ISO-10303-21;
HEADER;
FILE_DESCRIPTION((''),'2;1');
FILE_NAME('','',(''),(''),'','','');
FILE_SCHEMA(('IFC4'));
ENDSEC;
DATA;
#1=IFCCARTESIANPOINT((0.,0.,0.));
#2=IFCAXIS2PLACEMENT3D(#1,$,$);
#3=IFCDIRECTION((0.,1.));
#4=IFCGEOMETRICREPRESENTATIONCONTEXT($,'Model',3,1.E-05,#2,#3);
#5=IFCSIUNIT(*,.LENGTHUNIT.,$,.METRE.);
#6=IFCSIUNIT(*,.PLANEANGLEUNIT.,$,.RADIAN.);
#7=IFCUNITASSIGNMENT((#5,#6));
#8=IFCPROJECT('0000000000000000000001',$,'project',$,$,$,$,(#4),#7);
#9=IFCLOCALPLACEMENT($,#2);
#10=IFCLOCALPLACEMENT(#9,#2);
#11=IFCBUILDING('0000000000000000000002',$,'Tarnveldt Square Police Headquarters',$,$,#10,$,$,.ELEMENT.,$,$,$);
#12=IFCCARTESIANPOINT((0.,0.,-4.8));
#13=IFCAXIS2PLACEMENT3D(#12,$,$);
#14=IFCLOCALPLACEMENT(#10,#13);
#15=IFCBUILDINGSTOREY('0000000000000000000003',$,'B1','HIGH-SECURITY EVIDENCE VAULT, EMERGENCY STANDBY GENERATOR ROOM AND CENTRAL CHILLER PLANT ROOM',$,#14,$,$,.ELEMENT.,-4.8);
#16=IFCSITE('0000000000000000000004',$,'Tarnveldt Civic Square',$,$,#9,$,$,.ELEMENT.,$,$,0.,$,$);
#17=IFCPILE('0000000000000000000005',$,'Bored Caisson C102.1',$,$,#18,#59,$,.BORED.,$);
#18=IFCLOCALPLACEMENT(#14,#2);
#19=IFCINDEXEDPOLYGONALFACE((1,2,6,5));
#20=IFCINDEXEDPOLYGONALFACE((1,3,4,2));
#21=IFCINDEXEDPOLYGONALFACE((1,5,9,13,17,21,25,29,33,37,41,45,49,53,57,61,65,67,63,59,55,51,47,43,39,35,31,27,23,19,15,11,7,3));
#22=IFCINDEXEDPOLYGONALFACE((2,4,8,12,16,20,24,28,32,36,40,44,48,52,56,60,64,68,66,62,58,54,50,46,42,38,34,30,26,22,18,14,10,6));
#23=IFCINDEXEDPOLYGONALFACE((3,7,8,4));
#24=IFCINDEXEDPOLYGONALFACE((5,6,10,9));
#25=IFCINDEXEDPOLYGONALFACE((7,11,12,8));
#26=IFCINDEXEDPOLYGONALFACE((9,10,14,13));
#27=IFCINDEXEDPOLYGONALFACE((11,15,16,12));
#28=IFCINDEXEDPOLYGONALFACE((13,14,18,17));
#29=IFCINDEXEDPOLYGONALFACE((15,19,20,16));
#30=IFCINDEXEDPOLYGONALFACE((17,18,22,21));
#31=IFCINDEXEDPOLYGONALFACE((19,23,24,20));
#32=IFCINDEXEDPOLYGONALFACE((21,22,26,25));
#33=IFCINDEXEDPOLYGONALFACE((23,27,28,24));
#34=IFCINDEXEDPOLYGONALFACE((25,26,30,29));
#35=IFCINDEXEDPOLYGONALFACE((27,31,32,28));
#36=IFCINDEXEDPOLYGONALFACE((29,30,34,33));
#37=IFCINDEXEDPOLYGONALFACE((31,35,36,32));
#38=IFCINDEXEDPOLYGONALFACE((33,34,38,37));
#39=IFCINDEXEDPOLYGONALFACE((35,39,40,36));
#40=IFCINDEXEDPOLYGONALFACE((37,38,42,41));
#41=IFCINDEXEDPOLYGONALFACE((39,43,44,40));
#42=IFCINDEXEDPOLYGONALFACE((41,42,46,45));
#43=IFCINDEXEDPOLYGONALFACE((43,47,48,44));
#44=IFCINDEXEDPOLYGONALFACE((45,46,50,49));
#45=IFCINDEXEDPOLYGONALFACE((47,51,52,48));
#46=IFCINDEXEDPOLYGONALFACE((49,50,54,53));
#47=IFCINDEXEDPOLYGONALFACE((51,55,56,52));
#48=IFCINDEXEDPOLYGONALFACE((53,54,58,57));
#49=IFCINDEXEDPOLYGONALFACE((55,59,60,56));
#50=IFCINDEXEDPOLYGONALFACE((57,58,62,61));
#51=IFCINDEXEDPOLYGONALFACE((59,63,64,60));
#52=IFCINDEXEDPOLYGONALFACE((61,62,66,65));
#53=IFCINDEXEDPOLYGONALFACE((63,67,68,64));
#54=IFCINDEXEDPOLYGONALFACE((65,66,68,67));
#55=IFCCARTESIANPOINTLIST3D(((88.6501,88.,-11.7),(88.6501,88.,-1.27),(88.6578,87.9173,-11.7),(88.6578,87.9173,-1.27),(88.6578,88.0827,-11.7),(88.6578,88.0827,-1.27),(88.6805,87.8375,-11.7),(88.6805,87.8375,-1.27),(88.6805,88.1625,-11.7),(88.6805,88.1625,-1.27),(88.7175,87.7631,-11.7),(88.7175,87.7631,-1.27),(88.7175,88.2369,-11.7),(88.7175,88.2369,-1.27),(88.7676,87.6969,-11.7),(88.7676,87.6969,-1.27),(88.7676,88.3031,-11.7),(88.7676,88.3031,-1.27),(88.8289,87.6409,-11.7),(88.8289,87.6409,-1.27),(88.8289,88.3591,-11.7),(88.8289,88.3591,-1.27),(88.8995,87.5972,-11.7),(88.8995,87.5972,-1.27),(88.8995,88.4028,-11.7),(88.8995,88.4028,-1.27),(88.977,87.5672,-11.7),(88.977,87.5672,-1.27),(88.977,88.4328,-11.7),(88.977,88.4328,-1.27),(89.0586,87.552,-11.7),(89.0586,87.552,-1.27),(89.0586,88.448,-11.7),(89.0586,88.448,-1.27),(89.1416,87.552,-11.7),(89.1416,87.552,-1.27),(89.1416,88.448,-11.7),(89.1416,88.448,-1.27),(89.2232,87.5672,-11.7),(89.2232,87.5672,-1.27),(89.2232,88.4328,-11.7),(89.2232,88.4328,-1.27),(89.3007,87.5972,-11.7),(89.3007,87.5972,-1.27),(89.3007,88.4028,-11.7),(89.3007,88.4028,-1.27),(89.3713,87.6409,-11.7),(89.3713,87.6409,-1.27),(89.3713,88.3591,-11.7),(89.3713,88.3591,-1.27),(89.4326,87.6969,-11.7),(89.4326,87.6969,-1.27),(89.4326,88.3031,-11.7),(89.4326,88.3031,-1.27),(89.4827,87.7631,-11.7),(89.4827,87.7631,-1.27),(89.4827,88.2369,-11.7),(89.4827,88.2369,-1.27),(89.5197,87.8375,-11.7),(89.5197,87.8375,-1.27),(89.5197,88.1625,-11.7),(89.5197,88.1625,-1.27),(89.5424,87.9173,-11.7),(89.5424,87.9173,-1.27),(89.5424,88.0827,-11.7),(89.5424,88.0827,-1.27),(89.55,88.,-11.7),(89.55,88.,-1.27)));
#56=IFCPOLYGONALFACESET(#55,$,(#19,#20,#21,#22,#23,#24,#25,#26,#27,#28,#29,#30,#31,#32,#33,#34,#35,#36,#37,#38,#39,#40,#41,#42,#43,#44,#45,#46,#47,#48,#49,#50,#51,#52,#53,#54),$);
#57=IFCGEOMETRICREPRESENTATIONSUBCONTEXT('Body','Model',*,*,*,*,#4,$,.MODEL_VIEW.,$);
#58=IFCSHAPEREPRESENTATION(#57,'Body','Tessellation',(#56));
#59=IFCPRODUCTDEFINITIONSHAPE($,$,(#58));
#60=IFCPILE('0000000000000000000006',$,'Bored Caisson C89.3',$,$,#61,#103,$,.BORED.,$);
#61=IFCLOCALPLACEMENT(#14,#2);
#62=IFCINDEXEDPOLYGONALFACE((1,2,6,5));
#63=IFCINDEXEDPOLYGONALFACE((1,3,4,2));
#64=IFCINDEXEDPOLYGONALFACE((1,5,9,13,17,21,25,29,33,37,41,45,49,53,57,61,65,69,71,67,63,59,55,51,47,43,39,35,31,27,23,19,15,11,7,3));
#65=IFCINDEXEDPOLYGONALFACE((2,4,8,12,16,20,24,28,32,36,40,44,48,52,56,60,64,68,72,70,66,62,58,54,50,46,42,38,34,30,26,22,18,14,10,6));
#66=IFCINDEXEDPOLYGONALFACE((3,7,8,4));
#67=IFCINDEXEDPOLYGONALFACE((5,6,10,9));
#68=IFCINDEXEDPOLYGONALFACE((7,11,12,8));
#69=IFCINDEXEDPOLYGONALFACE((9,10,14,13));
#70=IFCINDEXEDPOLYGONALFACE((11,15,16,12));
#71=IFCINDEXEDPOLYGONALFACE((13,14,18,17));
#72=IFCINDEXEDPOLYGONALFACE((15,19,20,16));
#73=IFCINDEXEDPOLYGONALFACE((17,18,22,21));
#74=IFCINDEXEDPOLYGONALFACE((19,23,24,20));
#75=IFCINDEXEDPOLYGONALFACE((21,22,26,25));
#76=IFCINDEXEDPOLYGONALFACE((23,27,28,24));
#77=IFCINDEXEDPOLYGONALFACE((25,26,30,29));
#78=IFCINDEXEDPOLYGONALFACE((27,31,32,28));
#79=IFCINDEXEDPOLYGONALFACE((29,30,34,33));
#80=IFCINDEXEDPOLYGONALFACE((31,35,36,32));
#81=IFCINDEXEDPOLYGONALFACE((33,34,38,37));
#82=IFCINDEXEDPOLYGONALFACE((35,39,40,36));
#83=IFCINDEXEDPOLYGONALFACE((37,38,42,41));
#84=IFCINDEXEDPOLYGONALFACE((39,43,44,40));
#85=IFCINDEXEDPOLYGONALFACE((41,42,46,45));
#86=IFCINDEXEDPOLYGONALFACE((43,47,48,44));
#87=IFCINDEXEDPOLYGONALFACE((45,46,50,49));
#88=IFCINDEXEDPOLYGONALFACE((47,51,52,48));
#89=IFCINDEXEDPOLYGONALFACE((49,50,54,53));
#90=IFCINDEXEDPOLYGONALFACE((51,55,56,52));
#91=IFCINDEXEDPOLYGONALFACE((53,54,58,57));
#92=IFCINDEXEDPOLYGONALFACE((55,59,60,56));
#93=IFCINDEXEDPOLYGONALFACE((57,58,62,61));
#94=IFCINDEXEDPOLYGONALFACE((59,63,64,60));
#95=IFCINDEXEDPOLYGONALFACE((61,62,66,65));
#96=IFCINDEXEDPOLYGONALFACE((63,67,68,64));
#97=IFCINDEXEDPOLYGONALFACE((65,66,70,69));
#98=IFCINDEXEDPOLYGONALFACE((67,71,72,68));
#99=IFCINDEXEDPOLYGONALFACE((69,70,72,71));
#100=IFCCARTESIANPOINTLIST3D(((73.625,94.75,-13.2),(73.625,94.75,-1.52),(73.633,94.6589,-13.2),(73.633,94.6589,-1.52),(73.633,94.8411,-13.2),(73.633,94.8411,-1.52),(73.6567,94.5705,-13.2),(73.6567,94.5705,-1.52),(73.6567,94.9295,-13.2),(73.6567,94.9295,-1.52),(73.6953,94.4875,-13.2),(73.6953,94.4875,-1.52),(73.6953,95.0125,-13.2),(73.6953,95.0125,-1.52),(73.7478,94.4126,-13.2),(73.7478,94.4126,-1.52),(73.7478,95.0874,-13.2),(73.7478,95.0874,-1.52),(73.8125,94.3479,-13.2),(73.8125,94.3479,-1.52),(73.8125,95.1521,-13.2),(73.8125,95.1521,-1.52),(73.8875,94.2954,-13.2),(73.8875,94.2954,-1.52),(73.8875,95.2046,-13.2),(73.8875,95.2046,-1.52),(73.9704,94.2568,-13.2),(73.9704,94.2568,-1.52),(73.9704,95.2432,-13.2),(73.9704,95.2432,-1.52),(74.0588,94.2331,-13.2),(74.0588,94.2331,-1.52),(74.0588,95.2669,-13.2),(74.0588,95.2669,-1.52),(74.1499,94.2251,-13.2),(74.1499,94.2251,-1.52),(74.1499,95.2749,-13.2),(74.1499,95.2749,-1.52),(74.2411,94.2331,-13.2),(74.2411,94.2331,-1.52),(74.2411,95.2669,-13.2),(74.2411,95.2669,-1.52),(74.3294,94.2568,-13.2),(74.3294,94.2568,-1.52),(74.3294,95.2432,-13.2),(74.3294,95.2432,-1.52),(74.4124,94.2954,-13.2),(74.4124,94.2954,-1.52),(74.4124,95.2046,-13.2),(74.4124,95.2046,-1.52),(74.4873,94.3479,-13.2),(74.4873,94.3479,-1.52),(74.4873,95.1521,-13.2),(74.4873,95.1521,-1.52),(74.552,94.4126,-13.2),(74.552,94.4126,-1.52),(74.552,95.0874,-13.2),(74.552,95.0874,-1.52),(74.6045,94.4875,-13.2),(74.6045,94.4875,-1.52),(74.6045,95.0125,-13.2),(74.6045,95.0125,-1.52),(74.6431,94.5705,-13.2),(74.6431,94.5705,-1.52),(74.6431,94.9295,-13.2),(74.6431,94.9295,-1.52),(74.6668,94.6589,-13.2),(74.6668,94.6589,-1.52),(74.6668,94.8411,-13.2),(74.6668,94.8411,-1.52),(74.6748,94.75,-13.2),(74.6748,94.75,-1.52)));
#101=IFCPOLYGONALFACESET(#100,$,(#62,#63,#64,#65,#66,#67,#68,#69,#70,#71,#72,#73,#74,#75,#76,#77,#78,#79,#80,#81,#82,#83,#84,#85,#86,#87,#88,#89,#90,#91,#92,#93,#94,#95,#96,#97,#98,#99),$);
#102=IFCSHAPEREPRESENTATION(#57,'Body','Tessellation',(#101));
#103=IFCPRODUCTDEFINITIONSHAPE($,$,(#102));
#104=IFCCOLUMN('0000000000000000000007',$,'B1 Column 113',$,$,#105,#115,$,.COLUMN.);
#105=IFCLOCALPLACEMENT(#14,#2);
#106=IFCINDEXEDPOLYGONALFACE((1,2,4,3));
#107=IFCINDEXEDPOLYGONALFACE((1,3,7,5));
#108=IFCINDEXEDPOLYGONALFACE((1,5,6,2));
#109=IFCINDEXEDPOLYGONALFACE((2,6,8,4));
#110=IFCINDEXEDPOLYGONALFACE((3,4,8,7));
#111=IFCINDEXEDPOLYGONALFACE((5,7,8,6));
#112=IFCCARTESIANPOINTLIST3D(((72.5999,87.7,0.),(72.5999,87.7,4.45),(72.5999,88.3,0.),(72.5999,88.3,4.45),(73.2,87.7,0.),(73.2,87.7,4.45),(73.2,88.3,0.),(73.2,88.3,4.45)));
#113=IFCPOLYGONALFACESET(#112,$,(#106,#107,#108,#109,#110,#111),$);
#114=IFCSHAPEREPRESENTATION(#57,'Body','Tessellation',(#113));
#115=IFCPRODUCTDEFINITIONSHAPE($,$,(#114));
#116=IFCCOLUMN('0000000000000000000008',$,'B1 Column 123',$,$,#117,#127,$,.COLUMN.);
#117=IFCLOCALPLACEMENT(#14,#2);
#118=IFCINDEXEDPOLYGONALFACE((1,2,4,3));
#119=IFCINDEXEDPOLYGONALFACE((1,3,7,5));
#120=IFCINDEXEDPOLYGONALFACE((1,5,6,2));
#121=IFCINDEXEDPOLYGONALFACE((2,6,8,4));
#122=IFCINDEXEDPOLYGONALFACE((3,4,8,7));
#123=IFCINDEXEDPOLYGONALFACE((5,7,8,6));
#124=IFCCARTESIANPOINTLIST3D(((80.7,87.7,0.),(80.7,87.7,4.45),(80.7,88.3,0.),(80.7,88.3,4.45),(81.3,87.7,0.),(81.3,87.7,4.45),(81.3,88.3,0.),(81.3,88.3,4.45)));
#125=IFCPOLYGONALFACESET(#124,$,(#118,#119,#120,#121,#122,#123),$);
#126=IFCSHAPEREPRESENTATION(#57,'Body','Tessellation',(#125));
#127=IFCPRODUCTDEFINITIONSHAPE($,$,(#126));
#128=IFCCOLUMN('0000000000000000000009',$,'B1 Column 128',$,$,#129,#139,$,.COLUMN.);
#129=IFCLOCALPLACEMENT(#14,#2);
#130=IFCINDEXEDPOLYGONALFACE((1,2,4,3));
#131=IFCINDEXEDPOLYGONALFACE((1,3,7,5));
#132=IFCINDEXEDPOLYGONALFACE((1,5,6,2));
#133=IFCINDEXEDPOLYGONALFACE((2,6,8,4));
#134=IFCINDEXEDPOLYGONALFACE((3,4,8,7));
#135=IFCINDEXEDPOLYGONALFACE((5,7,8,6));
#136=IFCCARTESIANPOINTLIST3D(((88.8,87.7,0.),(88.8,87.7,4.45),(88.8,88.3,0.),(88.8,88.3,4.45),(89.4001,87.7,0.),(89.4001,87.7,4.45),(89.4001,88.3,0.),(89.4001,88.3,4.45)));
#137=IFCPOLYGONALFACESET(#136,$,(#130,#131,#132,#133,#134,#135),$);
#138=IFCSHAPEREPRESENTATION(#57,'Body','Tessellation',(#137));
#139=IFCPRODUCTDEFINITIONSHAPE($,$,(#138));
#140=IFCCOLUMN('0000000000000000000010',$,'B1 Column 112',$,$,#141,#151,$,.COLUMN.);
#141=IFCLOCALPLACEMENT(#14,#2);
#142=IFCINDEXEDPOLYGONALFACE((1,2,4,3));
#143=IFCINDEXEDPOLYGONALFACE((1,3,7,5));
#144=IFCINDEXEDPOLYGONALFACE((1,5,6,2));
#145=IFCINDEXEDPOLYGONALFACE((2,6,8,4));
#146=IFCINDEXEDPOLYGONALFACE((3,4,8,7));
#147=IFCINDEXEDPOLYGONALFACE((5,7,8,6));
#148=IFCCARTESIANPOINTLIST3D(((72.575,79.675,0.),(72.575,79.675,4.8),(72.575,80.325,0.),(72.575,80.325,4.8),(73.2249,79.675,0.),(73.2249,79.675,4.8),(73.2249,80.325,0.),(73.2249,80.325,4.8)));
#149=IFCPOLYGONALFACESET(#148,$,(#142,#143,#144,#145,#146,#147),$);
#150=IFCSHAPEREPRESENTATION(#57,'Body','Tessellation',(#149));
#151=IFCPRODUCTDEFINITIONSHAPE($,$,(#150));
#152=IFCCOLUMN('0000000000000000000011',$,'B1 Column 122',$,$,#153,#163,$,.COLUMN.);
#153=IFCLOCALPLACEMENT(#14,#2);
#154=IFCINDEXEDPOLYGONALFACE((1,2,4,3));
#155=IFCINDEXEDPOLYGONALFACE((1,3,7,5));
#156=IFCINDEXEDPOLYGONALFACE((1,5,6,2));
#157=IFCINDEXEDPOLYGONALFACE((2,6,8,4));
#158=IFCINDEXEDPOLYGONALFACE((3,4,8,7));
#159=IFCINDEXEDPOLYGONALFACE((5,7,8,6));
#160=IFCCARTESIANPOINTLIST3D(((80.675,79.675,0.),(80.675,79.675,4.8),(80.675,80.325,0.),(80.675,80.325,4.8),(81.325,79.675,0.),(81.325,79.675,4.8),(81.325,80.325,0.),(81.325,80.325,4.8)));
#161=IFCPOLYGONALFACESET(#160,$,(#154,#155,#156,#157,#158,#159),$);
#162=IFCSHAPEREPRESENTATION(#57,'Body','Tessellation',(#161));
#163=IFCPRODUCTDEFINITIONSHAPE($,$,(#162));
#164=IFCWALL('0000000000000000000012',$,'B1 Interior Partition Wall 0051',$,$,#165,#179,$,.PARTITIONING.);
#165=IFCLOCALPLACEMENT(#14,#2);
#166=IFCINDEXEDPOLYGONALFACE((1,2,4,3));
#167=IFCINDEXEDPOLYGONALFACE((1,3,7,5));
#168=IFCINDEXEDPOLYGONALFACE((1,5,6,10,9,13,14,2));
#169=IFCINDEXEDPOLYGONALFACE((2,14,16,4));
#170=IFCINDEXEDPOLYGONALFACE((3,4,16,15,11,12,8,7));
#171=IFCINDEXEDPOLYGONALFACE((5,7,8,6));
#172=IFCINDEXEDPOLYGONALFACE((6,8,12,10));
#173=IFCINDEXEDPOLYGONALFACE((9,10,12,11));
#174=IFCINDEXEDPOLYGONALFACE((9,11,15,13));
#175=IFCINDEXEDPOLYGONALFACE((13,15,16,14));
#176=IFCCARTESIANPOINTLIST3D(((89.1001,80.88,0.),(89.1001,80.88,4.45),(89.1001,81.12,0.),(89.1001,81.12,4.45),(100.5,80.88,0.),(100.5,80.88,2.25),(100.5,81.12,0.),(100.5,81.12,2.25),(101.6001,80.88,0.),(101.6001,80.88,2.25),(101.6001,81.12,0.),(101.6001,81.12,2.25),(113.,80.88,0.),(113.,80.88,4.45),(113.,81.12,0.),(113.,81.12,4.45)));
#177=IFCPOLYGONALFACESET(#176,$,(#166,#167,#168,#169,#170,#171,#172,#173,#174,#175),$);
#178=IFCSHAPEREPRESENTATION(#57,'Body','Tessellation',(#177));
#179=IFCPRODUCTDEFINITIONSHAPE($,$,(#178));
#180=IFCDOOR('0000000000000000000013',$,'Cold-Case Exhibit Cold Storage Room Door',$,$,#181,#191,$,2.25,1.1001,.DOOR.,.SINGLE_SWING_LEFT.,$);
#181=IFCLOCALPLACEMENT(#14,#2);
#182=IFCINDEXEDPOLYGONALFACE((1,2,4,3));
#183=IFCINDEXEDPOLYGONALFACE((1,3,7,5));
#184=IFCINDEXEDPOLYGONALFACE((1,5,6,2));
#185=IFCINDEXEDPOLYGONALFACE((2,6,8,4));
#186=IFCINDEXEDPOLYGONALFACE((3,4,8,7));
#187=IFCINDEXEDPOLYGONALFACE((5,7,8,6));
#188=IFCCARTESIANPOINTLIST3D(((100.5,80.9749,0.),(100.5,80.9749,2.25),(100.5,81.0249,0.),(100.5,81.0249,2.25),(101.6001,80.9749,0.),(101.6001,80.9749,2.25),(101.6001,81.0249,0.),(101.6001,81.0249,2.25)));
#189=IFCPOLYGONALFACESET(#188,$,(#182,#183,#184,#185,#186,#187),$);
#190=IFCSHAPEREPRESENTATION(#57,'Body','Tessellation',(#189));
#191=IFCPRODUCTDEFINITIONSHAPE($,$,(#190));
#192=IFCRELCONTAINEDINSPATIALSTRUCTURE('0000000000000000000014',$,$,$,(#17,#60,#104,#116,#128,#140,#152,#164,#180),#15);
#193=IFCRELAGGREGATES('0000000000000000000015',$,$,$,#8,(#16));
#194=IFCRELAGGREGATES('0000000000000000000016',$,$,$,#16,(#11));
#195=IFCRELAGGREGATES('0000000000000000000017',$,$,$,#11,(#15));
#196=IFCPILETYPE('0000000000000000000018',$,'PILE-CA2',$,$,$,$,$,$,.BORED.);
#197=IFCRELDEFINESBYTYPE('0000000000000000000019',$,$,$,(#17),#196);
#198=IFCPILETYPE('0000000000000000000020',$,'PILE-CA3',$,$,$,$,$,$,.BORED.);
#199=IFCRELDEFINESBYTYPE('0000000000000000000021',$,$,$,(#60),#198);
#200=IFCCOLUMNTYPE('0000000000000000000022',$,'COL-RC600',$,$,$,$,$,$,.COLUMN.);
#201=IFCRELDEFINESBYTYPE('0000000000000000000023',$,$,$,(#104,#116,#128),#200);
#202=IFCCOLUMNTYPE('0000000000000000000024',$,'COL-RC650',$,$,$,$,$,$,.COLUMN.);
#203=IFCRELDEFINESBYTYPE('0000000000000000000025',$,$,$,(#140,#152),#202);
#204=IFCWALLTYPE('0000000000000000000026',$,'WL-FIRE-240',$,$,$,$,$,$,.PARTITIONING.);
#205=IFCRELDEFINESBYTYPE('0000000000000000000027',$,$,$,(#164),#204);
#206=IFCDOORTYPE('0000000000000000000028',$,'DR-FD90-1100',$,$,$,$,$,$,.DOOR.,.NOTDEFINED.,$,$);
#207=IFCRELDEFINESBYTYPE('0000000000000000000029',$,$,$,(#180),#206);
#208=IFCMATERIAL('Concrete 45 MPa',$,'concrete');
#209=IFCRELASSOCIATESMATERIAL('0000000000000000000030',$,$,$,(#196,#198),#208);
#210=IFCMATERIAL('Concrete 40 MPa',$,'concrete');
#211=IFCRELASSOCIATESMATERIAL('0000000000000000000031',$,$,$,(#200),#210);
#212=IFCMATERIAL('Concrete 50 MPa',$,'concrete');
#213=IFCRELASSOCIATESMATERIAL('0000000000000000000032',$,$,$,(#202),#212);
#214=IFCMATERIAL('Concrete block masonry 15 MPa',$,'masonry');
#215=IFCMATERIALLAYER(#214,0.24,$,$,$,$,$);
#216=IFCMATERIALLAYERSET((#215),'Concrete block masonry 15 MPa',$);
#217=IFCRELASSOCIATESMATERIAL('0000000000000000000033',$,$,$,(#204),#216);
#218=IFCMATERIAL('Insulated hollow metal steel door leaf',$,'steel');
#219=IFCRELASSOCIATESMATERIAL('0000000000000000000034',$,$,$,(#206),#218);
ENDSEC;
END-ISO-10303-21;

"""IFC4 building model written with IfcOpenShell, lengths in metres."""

from ifc_helpers import new_model, si_unit, direction, frame, frame_2d, origin, origin_2d, place, context, subcontext, project, spatial, rectangle, circle, extrude, material, layer, layer_set, material_profile, profile_set, type_object, element, fill, save


model = new_model("IFC4")

# Units and contexts
model_context = context("Model", 3, precision=1e-05, world=origin(), true_north=direction((0.0, 1.0)))
body_context = subcontext(model_context, "Body", "Model", "MODEL_VIEW")
ifc_project = project(units=[si_unit("LENGTHUNIT", "METRE"), si_unit("PLANEANGLEUNIT", "RADIAN")], contexts=[model_context])

# Site, building, storey
site_placement = place(None, origin())
site = spatial("IfcSite", under=ifc_project, at=site_placement, Name="Tarnveldt Civic Square", CompositionType="ELEMENT", RefElevation=0.0)
building_placement = place(site_placement, origin())
building = spatial("IfcBuilding", under=site, at=building_placement, Name="Tarnveldt Square Police Headquarters", CompositionType="ELEMENT")
storey_placement = place(building_placement, frame((0.0, 0.0, -4.8)))
storey = spatial("IfcBuildingStorey", under=building, at=storey_placement, Name="B1", Description="HIGH-SECURITY EVIDENCE VAULT, EMERGENCY STANDBY GENERATOR ROOM AND CENTRAL CHILLER PLANT ROOM", CompositionType="ELEMENT", Elevation=-4.8)

# Shared definitions
ifc_material_1 = material(Name="Concrete 45 MPa", Category="concrete")

# Piles
ifc_material_profile_1 = material_profile(ifc_material_1, circle(Radius=0.45, at=origin_2d()), Name="CAISSON-D900")
ifc_profile_set_1 = profile_set([ifc_material_profile_1], Name="Concrete 45 MPa")
pile_type_1 = type_object("IfcPileType", Name="PILE-CA2", PredefinedType="BORED", material=ifc_profile_set_1)
for number, where, z_axis, x_axis, name in (
    (1, (89.1001, 88.0, -1.27), (0.0, 0.0, -1.0), (1.0, 0.0, 0.0), "Bored Caisson C102.1"),
):
    element("IfcPile", number, at=place(storey_placement, frame(where, z_axis=z_axis, x_axis=x_axis)), inside=storey, type_object=pile_type_1, Name=name, PredefinedType="BORED", context=body_context, shape_type="SweptSolid", body=[
        extrude(circle(Radius=0.45, at=origin_2d()), origin(), (0.0, 0.0, 1.0), 10.4299),
    ])
ifc_material_profile_2 = material_profile(ifc_material_1, circle(Radius=0.5249, at=origin_2d()), Name="CAISSON-D1050")
ifc_profile_set_2 = profile_set([ifc_material_profile_2], Name="Concrete 45 MPa")
pile_type_2 = type_object("IfcPileType", Name="PILE-CA3", PredefinedType="BORED", material=ifc_profile_set_2)
pile_1_placement = place(storey_placement, frame((74.1499, 94.75, -1.52), z_axis=(0.0, 0.0, -1.0), x_axis=(1.0, 0.0, 0.0)))
element("IfcPile", 2, at=pile_1_placement, inside=storey, type_object=pile_type_2, Name="Bored Caisson C89.3", PredefinedType="BORED", context=body_context, shape_type="SweptSolid", body=[
    extrude(circle(Radius=0.5249, at=origin_2d()), origin(), (0.0, 0.0, 1.0), 11.6799),
])

# Columns
ifc_material_2 = material(Name="Concrete 40 MPa", Category="concrete")
ifc_material_profile_3 = material_profile(ifc_material_2, rectangle(XDim=0.6001, YDim=0.6001, at=origin_2d()), Name="RC-C600x600")
ifc_profile_set_3 = profile_set([ifc_material_profile_3], Name="Concrete 40 MPa")
column_type_1 = type_object("IfcColumnType", Name="COL-RC600", PredefinedType="COLUMN", material=ifc_profile_set_3)
for number, where, z_axis, x_axis, name in (
    (3, (72.8999, 88.0, 0.0), (0.0, 0.0, 1.0), (1.0, 0.0, 0.0), "B1 Column 113"),
    (4, (81.0, 88.0, 0.0), (0.0, 0.0, 1.0), (1.0, 0.0, 0.0), "B1 Column 123"),
    (5, (89.1001, 88.0, 0.0), (0.0, 0.0, 1.0), (1.0, 0.0, 0.0), "B1 Column 128"),
):
    element("IfcColumn", number, at=place(storey_placement, frame(where, z_axis=z_axis, x_axis=x_axis)), inside=storey, type_object=column_type_1, Name=name, PredefinedType="COLUMN", context=body_context, shape_type="SweptSolid", body=[
        extrude(rectangle(XDim=0.6001, YDim=0.6001, at=origin_2d()), origin(), (0.0, 0.0, 1.0), 4.45),
    ])
ifc_material_3 = material(Name="Concrete 50 MPa", Category="concrete")
ifc_material_profile_4 = material_profile(ifc_material_3, rectangle(XDim=0.6499, YDim=0.6499, at=origin_2d()), Name="RC-C650x650")
ifc_profile_set_4 = profile_set([ifc_material_profile_4], Name="Concrete 50 MPa")
column_type_2 = type_object("IfcColumnType", Name="COL-RC650", PredefinedType="COLUMN", material=ifc_profile_set_4)
for number, where, z_axis, x_axis, name in (
    (6, (72.8999, 80.0, 0.0), (0.0, 0.0, 1.0), (1.0, 0.0, 0.0), "B1 Column 112"),
    (7, (81.0, 80.0, 0.0), (0.0, 0.0, 1.0), (1.0, 0.0, 0.0), "B1 Column 122"),
):
    element("IfcColumn", number, at=place(storey_placement, frame(where, z_axis=z_axis, x_axis=x_axis)), inside=storey, type_object=column_type_2, Name=name, PredefinedType="COLUMN", context=body_context, shape_type="SweptSolid", body=[
        extrude(rectangle(XDim=0.6499, YDim=0.6499, at=origin_2d()), origin(), (0.0, 0.0, 1.0), 4.8),
    ])

# Wall, opening, door
ifc_material_4 = material(Name="Concrete block masonry 15 MPa", Category="masonry")
ifc_layer = layer(ifc_material_4, 0.24)
ifc_layer_set = layer_set([ifc_layer], Name="Concrete block masonry 15 MPa")
wall_type = type_object("IfcWallType", Name="WL-FIRE-240", PredefinedType="PARTITIONING", material=ifc_layer_set)
wall_1_placement = place(storey_placement, frame((89.1001, 81.0, 0.0), z_axis=(0.0, 0.0, 1.0), x_axis=(1.0, 0.0, 0.0)))
wall_1 = element("IfcWall", 8, at=wall_1_placement, inside=storey, type_object=wall_type, Name="B1 Interior Partition Wall 0051", PredefinedType="PARTITIONING", context=body_context, shape_type="SweptSolid", body=[
    extrude(rectangle(XDim=23.8999, YDim=0.24, at=frame_2d((11.95, 0.0))), origin(), (0.0, 0.0, 1.0), 4.45),
])
opening_placement = place(wall_1_placement, frame((11.3999, 0.0, 0.0)))
opening = element("IfcOpeningElement", 9, at=opening_placement, cuts=wall_1, PredefinedType="OPENING", context=body_context, shape_type="SweptSolid", body=[
    extrude(rectangle(XDim=1.1001, YDim=2.25, at=frame_2d((0.55, 1.125))), frame((0.0, 0.1299, 0.0), z_axis=(0.0, -1.0, 0.0), x_axis=(1.0, 0.0, 0.0)), (0.0, 0.0, 1.0), 0.26),
])
ifc_material_5 = material(Name="Insulated hollow metal steel door leaf", Category="steel")
door_type = type_object("IfcDoorType", Name="DR-FD90-1100", OperationType="NOTDEFINED", PredefinedType="DOOR", material=ifc_material_5)
door_placement = place(opening_placement, origin())
door = element("IfcDoor", 10, at=door_placement, inside=storey, type_object=door_type, Name="Cold-Case Exhibit Cold Storage Room Door", OperationType="SINGLE_SWING_LEFT", OverallHeight=2.25, OverallWidth=1.1001, PredefinedType="DOOR", context=body_context, shape_type="SweptSolid", body=[
    extrude(rectangle(XDim=1.1001, YDim=2.25, at=frame_2d((0.55, 1.125))), frame((0.0, 0.0249, 0.0), z_axis=(0.0, -1.0, 0.0), x_axis=(1.0, 0.0, 0.0)), (0.0, 0.0, 1.0), 0.05),
])
fill(opening, door)

save(model, "model.ifc")
